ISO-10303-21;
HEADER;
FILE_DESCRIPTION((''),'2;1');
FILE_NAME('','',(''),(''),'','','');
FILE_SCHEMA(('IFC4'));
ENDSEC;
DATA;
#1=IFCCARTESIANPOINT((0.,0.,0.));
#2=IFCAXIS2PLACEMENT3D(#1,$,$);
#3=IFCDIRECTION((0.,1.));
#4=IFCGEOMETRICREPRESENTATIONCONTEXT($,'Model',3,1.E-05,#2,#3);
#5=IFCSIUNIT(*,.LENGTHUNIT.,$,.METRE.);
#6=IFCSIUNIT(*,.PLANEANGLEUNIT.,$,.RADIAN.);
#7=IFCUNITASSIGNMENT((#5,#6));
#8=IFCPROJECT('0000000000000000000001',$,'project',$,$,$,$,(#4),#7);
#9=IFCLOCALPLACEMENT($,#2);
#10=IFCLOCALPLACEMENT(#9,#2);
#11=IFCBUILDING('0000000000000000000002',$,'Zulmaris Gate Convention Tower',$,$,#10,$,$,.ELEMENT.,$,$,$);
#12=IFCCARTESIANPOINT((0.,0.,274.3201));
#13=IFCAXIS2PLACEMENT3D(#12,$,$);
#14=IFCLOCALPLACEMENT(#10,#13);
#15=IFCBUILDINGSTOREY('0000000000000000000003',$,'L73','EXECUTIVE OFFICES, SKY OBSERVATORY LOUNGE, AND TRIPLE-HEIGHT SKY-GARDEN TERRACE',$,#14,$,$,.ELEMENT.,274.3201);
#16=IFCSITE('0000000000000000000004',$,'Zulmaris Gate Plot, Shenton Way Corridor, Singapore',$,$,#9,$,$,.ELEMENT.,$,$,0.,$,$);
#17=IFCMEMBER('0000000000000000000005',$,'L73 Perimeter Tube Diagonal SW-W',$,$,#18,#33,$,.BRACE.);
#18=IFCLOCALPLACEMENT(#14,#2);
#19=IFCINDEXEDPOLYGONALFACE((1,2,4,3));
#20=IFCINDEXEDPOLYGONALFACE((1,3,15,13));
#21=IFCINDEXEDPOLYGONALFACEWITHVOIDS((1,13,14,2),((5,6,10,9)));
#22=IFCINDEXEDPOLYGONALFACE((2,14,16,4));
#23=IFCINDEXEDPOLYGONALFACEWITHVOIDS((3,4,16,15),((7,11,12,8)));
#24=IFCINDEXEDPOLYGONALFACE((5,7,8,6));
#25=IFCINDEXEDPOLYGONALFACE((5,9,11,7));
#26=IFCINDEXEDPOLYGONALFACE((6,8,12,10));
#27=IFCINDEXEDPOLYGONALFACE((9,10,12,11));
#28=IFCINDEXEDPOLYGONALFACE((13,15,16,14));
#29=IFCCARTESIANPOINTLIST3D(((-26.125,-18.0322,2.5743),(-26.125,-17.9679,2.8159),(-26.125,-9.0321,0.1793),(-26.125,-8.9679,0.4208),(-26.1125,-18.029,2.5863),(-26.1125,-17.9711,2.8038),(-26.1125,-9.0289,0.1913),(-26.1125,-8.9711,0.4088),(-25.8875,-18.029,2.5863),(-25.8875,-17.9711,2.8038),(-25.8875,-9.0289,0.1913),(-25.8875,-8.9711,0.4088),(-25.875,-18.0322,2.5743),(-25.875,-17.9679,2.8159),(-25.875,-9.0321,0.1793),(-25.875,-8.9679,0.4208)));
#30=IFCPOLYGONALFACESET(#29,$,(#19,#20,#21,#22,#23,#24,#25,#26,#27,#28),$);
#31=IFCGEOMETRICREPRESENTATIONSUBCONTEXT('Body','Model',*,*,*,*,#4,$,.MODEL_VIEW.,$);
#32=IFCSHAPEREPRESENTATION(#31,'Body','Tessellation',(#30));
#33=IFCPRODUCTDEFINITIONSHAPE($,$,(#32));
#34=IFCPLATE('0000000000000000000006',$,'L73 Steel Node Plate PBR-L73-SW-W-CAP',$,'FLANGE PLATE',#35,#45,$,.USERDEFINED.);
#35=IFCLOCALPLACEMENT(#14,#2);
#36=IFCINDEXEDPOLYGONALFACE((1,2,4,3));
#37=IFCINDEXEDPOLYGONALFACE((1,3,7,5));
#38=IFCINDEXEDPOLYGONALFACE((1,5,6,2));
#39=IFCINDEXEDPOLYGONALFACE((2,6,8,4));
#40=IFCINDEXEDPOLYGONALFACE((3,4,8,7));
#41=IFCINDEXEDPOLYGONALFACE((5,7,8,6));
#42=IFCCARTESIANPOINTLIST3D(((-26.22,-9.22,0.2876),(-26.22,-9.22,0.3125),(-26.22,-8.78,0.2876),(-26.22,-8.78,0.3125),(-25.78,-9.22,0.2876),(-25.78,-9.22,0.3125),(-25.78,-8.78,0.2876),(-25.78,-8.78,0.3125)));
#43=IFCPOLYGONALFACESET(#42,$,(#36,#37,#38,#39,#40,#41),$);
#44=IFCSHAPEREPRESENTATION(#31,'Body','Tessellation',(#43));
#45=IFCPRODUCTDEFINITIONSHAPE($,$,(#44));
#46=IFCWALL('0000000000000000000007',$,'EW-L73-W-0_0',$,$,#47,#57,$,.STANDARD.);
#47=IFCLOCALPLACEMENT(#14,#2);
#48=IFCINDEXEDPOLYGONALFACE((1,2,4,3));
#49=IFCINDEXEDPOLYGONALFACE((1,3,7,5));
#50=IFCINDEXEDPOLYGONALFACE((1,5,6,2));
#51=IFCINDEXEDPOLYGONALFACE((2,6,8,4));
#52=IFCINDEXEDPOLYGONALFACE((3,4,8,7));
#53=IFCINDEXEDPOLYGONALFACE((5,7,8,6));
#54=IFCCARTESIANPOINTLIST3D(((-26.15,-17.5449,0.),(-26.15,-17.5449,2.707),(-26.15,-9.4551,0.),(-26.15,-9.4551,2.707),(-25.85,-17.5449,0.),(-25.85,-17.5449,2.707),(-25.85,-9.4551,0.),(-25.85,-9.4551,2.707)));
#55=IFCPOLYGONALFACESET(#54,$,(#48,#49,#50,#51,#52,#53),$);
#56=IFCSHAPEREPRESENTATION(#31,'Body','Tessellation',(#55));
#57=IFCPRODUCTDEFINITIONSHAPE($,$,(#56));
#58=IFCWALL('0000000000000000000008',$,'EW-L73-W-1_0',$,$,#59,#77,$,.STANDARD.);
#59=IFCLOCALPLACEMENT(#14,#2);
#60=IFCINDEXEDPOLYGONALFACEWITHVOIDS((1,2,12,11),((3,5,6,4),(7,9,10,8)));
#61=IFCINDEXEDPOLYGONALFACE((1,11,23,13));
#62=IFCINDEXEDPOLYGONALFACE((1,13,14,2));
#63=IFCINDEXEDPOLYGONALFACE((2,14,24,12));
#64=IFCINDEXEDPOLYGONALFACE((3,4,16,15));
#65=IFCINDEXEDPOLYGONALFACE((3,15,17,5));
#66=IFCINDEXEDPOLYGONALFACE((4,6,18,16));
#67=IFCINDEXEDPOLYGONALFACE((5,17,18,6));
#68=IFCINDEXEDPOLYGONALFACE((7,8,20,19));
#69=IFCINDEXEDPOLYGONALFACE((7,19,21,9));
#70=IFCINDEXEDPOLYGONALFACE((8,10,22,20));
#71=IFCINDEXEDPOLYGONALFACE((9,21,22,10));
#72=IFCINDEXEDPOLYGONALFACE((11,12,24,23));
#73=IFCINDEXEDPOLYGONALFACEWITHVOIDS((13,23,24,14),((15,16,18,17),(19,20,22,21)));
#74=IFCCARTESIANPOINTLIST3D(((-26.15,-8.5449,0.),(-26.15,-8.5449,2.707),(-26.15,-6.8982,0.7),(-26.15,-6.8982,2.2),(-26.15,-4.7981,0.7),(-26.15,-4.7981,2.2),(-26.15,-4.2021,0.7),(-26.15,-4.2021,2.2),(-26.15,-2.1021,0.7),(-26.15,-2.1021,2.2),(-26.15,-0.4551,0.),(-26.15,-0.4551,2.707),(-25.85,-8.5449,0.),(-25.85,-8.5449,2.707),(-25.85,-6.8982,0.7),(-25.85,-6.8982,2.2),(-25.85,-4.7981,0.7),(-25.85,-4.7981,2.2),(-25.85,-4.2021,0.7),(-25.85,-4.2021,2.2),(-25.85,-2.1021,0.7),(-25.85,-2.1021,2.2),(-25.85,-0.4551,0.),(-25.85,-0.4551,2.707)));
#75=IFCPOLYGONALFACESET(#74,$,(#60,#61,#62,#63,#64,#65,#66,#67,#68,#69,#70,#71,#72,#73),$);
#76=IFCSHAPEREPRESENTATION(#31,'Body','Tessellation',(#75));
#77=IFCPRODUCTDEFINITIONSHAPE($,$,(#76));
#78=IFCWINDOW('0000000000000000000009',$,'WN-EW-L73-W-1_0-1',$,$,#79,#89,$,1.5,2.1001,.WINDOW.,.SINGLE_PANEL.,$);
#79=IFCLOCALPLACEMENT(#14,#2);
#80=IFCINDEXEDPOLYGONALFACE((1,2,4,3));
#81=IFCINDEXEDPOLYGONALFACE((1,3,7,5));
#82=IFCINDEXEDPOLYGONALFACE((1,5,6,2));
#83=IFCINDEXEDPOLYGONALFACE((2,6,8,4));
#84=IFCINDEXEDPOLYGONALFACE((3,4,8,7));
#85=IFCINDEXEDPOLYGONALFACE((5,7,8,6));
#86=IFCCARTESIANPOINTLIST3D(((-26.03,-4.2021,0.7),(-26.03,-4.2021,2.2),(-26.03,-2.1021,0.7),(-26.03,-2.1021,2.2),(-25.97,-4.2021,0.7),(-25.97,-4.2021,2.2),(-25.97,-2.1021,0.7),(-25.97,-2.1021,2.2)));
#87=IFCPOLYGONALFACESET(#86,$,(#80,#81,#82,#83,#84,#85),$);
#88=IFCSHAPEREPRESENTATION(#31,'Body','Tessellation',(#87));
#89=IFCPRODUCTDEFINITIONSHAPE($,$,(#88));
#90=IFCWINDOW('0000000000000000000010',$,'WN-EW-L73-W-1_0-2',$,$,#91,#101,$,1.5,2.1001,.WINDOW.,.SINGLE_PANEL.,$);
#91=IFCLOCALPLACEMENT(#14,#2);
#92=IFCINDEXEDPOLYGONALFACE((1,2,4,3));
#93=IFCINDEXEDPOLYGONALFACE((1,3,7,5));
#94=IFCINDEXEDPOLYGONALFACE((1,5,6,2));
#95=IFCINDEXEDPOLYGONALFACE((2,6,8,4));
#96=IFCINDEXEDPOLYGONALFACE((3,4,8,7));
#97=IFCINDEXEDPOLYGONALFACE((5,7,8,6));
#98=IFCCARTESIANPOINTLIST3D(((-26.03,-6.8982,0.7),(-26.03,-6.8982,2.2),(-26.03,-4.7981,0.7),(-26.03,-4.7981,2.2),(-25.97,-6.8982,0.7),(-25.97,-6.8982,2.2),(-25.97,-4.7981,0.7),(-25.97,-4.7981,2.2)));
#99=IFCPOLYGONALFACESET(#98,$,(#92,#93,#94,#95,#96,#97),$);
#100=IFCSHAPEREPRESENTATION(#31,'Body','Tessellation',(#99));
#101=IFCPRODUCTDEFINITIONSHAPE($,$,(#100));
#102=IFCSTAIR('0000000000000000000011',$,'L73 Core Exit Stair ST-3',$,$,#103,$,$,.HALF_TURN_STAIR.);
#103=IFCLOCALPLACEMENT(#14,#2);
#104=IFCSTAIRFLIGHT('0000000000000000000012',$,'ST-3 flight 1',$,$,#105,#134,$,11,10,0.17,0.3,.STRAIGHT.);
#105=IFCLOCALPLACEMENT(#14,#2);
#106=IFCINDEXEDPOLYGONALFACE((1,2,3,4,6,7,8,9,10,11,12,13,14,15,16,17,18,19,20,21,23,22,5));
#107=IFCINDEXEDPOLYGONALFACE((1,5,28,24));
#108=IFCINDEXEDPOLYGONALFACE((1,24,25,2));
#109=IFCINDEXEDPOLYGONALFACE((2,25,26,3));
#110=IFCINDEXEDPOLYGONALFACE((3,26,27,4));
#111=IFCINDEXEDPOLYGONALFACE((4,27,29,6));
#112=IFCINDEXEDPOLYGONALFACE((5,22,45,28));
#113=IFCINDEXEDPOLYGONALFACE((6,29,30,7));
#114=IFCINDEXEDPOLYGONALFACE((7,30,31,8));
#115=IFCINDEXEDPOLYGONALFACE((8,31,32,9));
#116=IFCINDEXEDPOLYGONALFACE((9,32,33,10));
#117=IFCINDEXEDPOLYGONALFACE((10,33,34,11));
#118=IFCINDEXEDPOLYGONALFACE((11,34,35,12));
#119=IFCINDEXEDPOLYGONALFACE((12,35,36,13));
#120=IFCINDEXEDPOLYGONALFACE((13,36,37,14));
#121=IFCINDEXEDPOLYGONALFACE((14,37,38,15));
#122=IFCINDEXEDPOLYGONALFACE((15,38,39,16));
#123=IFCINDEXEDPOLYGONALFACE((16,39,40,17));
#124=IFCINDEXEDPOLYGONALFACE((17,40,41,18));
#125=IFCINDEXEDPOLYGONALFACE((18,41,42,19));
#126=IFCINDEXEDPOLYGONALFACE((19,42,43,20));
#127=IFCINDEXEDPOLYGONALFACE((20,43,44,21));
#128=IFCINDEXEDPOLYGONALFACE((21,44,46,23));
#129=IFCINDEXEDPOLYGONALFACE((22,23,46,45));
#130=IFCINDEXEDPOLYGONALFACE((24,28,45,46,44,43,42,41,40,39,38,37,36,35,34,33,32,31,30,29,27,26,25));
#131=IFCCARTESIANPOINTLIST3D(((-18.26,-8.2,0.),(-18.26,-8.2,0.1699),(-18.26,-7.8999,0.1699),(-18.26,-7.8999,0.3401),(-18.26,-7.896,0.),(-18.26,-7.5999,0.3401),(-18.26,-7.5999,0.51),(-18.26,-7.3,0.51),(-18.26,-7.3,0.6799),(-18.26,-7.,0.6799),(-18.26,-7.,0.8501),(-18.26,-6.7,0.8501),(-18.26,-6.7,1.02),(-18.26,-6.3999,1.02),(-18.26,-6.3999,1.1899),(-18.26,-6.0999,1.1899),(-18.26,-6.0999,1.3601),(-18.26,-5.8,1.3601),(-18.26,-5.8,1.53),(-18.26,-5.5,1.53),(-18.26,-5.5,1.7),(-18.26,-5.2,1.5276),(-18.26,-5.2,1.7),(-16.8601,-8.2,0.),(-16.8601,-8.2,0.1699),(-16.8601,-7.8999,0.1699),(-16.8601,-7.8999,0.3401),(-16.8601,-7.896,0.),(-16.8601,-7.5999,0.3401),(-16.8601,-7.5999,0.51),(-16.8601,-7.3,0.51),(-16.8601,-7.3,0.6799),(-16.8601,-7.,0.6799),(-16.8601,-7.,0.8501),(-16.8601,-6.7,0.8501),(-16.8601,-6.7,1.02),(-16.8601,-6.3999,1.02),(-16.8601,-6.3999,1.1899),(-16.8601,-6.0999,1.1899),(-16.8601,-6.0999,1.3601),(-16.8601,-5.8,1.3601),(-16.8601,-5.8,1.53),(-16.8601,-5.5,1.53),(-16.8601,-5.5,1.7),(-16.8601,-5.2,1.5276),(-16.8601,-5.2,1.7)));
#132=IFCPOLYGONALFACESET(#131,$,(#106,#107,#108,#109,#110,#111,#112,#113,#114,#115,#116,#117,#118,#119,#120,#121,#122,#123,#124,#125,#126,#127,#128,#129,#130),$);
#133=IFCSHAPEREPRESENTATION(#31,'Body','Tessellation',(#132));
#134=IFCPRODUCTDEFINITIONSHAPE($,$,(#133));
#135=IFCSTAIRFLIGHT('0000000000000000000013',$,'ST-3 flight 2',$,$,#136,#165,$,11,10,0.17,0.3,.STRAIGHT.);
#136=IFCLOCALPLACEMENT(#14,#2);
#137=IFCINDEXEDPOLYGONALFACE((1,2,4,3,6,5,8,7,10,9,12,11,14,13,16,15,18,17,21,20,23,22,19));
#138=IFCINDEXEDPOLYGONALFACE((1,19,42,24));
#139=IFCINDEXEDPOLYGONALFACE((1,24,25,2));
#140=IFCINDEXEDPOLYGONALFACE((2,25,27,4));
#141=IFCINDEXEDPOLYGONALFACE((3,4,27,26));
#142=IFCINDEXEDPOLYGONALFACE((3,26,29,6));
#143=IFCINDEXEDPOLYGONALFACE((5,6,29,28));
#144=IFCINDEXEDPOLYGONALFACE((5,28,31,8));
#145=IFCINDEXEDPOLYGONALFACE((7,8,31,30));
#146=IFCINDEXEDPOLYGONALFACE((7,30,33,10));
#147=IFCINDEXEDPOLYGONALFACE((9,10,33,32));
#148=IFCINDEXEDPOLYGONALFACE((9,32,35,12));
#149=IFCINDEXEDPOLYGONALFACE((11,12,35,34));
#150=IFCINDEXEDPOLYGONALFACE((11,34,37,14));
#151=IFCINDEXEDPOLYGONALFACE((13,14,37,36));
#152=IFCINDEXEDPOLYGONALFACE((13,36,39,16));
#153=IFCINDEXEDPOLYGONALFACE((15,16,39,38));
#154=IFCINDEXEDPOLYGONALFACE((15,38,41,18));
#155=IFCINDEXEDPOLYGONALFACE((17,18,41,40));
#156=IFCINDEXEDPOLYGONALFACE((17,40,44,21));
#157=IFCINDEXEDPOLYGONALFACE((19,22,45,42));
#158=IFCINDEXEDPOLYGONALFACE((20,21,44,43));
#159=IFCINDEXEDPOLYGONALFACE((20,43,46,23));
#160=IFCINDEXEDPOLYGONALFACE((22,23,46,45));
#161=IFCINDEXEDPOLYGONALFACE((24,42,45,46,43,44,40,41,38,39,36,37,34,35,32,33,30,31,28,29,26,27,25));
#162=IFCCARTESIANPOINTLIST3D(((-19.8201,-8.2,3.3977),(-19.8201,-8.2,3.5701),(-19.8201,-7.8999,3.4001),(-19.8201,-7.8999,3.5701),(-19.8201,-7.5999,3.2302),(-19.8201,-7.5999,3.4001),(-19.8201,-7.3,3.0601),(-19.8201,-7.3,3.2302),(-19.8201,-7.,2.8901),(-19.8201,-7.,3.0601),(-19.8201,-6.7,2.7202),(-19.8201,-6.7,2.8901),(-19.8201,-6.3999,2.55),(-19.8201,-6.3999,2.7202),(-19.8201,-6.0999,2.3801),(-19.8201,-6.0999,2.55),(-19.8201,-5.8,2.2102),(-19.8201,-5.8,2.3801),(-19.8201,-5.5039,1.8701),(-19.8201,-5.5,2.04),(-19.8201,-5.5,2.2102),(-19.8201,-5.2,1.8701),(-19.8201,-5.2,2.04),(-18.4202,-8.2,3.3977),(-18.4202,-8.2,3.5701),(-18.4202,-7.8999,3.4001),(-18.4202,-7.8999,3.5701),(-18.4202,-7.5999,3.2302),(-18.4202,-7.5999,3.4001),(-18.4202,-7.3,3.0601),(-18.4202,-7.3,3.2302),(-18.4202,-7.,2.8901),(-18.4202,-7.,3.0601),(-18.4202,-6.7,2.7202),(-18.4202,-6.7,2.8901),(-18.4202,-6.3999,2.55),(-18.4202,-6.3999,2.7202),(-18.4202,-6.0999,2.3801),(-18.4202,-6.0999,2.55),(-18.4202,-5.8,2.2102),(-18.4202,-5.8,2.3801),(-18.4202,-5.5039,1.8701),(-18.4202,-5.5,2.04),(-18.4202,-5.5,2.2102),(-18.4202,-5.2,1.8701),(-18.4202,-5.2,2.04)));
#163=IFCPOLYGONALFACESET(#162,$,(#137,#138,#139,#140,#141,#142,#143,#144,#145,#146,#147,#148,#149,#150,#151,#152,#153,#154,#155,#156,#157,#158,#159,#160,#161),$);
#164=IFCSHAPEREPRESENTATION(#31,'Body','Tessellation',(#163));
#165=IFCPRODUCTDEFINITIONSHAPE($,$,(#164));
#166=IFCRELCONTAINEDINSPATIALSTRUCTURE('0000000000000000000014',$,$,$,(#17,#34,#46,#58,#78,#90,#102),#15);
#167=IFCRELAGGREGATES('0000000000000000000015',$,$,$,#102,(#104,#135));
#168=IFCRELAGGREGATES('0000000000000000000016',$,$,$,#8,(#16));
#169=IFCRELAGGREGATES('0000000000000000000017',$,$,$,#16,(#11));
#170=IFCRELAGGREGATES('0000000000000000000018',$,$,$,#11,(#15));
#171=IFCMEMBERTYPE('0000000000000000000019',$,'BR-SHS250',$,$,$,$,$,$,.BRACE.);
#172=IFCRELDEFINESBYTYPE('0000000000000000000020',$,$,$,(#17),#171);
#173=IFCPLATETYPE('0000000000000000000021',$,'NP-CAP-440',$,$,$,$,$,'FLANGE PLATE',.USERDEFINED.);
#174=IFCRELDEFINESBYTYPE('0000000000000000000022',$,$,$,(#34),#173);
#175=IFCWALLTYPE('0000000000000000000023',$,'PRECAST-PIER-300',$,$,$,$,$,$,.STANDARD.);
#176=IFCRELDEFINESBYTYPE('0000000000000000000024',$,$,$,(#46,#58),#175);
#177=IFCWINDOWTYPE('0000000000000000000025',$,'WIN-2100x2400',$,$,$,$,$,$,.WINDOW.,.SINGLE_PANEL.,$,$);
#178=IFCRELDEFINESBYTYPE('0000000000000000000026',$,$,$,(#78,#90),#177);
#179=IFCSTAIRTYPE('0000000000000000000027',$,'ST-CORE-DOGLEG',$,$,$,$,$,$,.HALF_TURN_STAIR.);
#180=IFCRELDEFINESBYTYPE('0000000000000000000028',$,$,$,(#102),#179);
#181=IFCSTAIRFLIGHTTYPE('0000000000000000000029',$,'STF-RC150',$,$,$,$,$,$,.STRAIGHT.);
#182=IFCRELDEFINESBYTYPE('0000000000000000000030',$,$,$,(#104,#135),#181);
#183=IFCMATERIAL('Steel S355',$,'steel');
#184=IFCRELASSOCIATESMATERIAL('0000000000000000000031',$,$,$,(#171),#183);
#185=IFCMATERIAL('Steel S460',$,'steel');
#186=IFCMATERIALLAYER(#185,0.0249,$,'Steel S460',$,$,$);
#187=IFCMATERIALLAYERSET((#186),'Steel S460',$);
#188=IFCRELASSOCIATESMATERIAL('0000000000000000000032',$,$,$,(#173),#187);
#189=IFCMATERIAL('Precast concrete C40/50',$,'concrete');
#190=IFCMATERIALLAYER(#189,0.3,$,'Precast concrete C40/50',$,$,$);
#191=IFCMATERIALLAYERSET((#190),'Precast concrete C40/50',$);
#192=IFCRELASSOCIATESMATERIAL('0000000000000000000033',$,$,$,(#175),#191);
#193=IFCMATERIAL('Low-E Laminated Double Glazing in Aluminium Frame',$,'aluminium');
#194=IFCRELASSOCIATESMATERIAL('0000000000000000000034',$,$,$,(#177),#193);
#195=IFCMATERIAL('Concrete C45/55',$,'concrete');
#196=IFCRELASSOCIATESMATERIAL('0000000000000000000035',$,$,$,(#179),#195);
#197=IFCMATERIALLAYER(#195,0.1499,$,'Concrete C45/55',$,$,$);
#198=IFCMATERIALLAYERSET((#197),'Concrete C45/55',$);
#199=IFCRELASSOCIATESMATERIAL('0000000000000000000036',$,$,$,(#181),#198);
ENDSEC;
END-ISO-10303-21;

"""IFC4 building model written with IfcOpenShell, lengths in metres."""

from ifc_helpers import new_model, si_unit, direction, frame, frame_2d, origin, origin_2d, place, context, subcontext, project, spatial, polyline, rectangle, hollow_rectangle, outline, extrude, material, layer, layer_set, material_profile, profile_set, type_object, element, fill, aggregate, save


model = new_model("IFC4")

# Units and contexts
model_context = context("Model", 3, precision=1e-05, world=origin(), true_north=direction((0.0, 1.0)))
body_context = subcontext(model_context, "Body", "Model", "MODEL_VIEW")
ifc_project = project(units=[si_unit("LENGTHUNIT", "METRE"), si_unit("PLANEANGLEUNIT", "RADIAN")], contexts=[model_context])

# Site, building, storey
site_placement = place(None, origin())
site = spatial("IfcSite", under=ifc_project, at=site_placement, Name="Zulmaris Gate Plot, Shenton Way Corridor, Singapore", CompositionType="ELEMENT", RefElevation=0.0)
building_placement = place(site_placement, origin())
building = spatial("IfcBuilding", under=site, at=building_placement, Name="Zulmaris Gate Convention Tower", CompositionType="ELEMENT")
storey_placement = place(building_placement, frame((0.0, 0.0, 274.3201)))
storey = spatial("IfcBuildingStorey", under=building, at=storey_placement, Name="L73", Description="EXECUTIVE OFFICES, SKY OBSERVATORY LOUNGE, AND TRIPLE-HEIGHT SKY-GARDEN TERRACE", CompositionType="ELEMENT", Elevation=274.3201)

# Shared definitions
ifc_material_1 = material(Name="Steel S355", Category="steel")

# Member
ifc_material_profile_1 = material_profile(ifc_material_1, hollow_rectangle(XDim=0.25, YDim=0.25, WallThickness=0.0125, at=origin_2d()), Name="SHS 250x250x12.5")
ifc_profile_set_1 = profile_set([ifc_material_profile_1], Name="Steel S355")
member_type = type_object("IfcMemberType", Name="BR-SHS250", PredefinedType="BRACE", material=ifc_profile_set_1)
member_placement = place(storey_placement, frame((-26.0, -9.0, 0.3), z_axis=(0.0, -0.966368, 0.257163), x_axis=(1.0, 0.0, 0.0)))
element("IfcMember", 1, at=member_placement, inside=storey, type_object=member_type, Name="L73 Perimeter Tube Diagonal SW-W", PredefinedType="BRACE", context=body_context, shape_type="SweptSolid", body=[
    extrude(hollow_rectangle(XDim=0.25, YDim=0.25, WallThickness=0.0125, at=origin_2d()), origin(), (0.0, 0.0, 1.0), 9.3132),
])

# Plate
ifc_material_2 = material(Name="Steel S460", Category="steel")
ifc_layer_1 = layer(ifc_material_2, 0.0249, Name="Steel S460")
ifc_layer_set_1 = layer_set([ifc_layer_1], Name="Steel S460")
plate_type = type_object("IfcPlateType", Name="NP-CAP-440", ElementType="FLANGE PLATE", PredefinedType="USERDEFINED", material=ifc_layer_set_1)
plate_placement = place(storey_placement, frame((-26.0, -9.0, 0.2876), z_axis=(0.0, 0.0, 1.0), x_axis=(1.0, 0.0, 0.0)))
element("IfcPlate", 2, at=plate_placement, inside=storey, type_object=plate_type, Name="L73 Steel Node Plate PBR-L73-SW-W-CAP", ObjectType="FLANGE PLATE", PredefinedType="USERDEFINED", context=body_context, shape_type="SweptSolid", body=[
    extrude(rectangle(XDim=0.4399, YDim=0.4399, at=origin_2d()), origin(), (0.0, 0.0, 1.0), 0.0249),
])

# Wall
ifc_material_3 = material(Name="Precast concrete C40/50", Category="concrete")
ifc_layer_2 = layer(ifc_material_3, 0.3, Name="Precast concrete C40/50")
ifc_layer_set_2 = layer_set([ifc_layer_2], Name="Precast concrete C40/50")
wall_type_1 = type_object("IfcWallType", Name="PRECAST-PIER-300", PredefinedType="STANDARD", material=ifc_layer_set_2)
wall_1_placement = place(storey_placement, frame((-26.0, -9.4551, 0.0), z_axis=(0.0, 0.0, 1.0), x_axis=(0.0, -1.0, 0.0)))
element("IfcWall", 3, at=wall_1_placement, inside=storey, type_object=wall_type_1, Name="EW-L73-W-0_0", PredefinedType="STANDARD", context=body_context, shape_type="SweptSolid", body=[
    extrude(rectangle(XDim=8.0898, YDim=0.3, at=frame_2d((4.0449, 0.0))), origin(), (0.0, 0.0, 1.0), 2.707),
])

# Wall, openings, windows
wall_2_placement = place(storey_placement, frame((-26.0, -0.4551, 0.0), z_axis=(0.0, 0.0, 1.0), x_axis=(0.0, -1.0, 0.0)))
wall_2 = element("IfcWall", 4, at=wall_2_placement, inside=storey, type_object=wall_type_1, Name="EW-L73-W-1_0", PredefinedType="STANDARD", context=body_context, shape_type="SweptSolid", body=[
    extrude(rectangle(XDim=8.0898, YDim=0.3, at=frame_2d((4.0449, 0.0))), origin(), (0.0, 0.0, 1.0), 2.707),
])
opening_1_placement = place(wall_2_placement, frame((1.647, 0.0, 0.7)))
opening_1 = element("IfcOpeningElement", 5, at=opening_1_placement, cuts=wall_2, PredefinedType="OPENING", context=body_context, shape_type="SweptSolid", body=[
    extrude(rectangle(XDim=2.1001, YDim=1.5, at=frame_2d((1.05, 0.75))), frame((0.0, 0.1602, 0.0), z_axis=(0.0, -1.0, 0.0), x_axis=(1.0, 0.0, 0.0)), (0.0, 0.0, 1.0), 0.3201),
])
opening_2_placement = place(wall_2_placement, frame((4.343, 0.0, 0.7)))
opening_2 = element("IfcOpeningElement", 6, at=opening_2_placement, cuts=wall_2, PredefinedType="OPENING", context=body_context, shape_type="SweptSolid", body=[
    extrude(rectangle(XDim=2.1001, YDim=1.5, at=frame_2d((1.05, 0.75))), frame((0.0, 0.1602, 0.0), z_axis=(0.0, -1.0, 0.0), x_axis=(1.0, 0.0, 0.0)), (0.0, 0.0, 1.0), 0.3201),
])
ifc_material_4 = material(Name="Low-E Laminated Double Glazing in Aluminium Frame", Category="aluminium")
window_type = type_object("IfcWindowType", Name="WIN-2100x2400", PartitioningType="SINGLE_PANEL", PredefinedType="WINDOW", material=ifc_material_4)
window_1_placement = place(opening_1_placement, origin())
window_1 = element("IfcWindow", 7, at=window_1_placement, inside=storey, type_object=window_type, Name="WN-EW-L73-W-1_0-1", OverallHeight=1.5, OverallWidth=2.1001, PartitioningType="SINGLE_PANEL", PredefinedType="WINDOW", context=body_context, shape_type="SweptSolid", body=[
    extrude(rectangle(XDim=2.1001, YDim=1.5, at=frame_2d((1.05, 0.75))), frame((0.0, 0.03, 0.0), z_axis=(0.0, -1.0, 0.0), x_axis=(1.0, 0.0, 0.0)), (0.0, 0.0, 1.0), 0.0601),
])
fill(opening_1, window_1)
window_2_placement = place(opening_2_placement, origin())
window_2 = element("IfcWindow", 8, at=window_2_placement, inside=storey, type_object=window_type, Name="WN-EW-L73-W-1_0-2", OverallHeight=1.5, OverallWidth=2.1001, PartitioningType="SINGLE_PANEL", PredefinedType="WINDOW", context=body_context, shape_type="SweptSolid", body=[
    extrude(rectangle(XDim=2.1001, YDim=1.5, at=frame_2d((1.05, 0.75))), frame((0.0, 0.03, 0.0), z_axis=(0.0, -1.0, 0.0), x_axis=(1.0, 0.0, 0.0)), (0.0, 0.0, 1.0), 0.0601),
])
fill(opening_2, window_2)

# Stair, stair flights
ifc_material_5 = material(Name="Concrete C45/55", Category="concrete")
stair_type = type_object("IfcStairType", Name="ST-CORE-DOGLEG", PredefinedType="HALF_TURN_STAIR", material=ifc_material_5)
stair_placement = place(storey_placement, origin())
stair = element("IfcStair", 9, at=stair_placement, inside=storey, type_object=stair_type, Name="L73 Core Exit Stair ST-3", PredefinedType="HALF_TURN_STAIR")
ifc_layer_3 = layer(ifc_material_5, 0.1499, Name="Concrete C45/55")
ifc_layer_set_3 = layer_set([ifc_layer_3], Name="Concrete C45/55")
stair_flight_type = type_object("IfcStairFlightType", Name="STF-RC150", PredefinedType="STRAIGHT", material=ifc_layer_set_3)
stair_flight_1_placement = place(storey_placement, frame((-17.5601, -8.2, 0.0), z_axis=(0.0, 0.0, 1.0), x_axis=(0.0, 1.0, 0.0)))
stair_flight_1 = element("IfcStairFlight", 10, at=stair_flight_1_placement, type_object=stair_flight_type, Name="ST-3 flight 1", NumberOfRisers=11, NumberOfTreads=10, PredefinedType="STRAIGHT", RiserHeight=0.17, TreadLength=0.3, context=body_context, shape_type="SweptSolid", body=[
    extrude(outline(polyline([(0.0, 0.0), (0.0, 0.1699), (0.3, 0.1699), (0.3, 0.3401), (0.6001, 0.3401), (0.6001, 0.51), (0.8999, 0.51), (0.8999, 0.6799), (1.2, 0.6799), (1.2, 0.8501), (1.5, 0.8501), (1.5, 1.02), (1.8, 1.02), (1.8, 1.1899), (2.1001, 1.1899), (2.1001, 1.3601), (2.3999, 1.3601), (2.3999, 1.53), (2.7, 1.53), (2.7, 1.7), (3.0, 1.7), (3.0, 1.8701), (3.0, 1.5276), (0.304, 0.0), (0.0, 0.0)])), frame((0.0, 0.7, 0.0), z_axis=(0.0, -1.0, 0.0), x_axis=(1.0, 0.0, 0.0)), (0.0, 0.0, 1.0), 1.3999),
])
stair_flight_2_placement = place(storey_placement, frame((-19.1201, -5.2, 1.8701), z_axis=(0.0, 0.0, 1.0), x_axis=(0.0, -1.0, 0.0)))
stair_flight_2 = element("IfcStairFlight", 11, at=stair_flight_2_placement, type_object=stair_flight_type, Name="ST-3 flight 2", NumberOfRisers=11, NumberOfTreads=10, PredefinedType="STRAIGHT", RiserHeight=0.17, TreadLength=0.3, context=body_context, shape_type="SweptSolid", body=[
    extrude(outline(polyline([(0.0, 0.0), (0.0, 0.1699), (0.3, 0.1699), (0.3, 0.3401), (0.6001, 0.3401), (0.6001, 0.51), (0.8999, 0.51), (0.8999, 0.6799), (1.2, 0.6799), (1.2, 0.8501), (1.5, 0.8501), (1.5, 1.02), (1.8, 1.02), (1.8, 1.1899), (2.1001, 1.1899), (2.1001, 1.3601), (2.3999, 1.3601), (2.3999, 1.53), (2.7, 1.53), (2.7, 1.7), (3.0, 1.7), (3.0, 1.8701), (3.0, 1.5276), (0.304, 0.0), (0.0, 0.0)])), frame((0.0, 0.7, 0.0), z_axis=(0.0, -1.0, 0.0), x_axis=(1.0, 0.0, 0.0)), (0.0, 0.0, 1.0), 1.3999),
])
aggregate(stair, [stair_flight_1, stair_flight_2])

save(model, "model.ifc")
